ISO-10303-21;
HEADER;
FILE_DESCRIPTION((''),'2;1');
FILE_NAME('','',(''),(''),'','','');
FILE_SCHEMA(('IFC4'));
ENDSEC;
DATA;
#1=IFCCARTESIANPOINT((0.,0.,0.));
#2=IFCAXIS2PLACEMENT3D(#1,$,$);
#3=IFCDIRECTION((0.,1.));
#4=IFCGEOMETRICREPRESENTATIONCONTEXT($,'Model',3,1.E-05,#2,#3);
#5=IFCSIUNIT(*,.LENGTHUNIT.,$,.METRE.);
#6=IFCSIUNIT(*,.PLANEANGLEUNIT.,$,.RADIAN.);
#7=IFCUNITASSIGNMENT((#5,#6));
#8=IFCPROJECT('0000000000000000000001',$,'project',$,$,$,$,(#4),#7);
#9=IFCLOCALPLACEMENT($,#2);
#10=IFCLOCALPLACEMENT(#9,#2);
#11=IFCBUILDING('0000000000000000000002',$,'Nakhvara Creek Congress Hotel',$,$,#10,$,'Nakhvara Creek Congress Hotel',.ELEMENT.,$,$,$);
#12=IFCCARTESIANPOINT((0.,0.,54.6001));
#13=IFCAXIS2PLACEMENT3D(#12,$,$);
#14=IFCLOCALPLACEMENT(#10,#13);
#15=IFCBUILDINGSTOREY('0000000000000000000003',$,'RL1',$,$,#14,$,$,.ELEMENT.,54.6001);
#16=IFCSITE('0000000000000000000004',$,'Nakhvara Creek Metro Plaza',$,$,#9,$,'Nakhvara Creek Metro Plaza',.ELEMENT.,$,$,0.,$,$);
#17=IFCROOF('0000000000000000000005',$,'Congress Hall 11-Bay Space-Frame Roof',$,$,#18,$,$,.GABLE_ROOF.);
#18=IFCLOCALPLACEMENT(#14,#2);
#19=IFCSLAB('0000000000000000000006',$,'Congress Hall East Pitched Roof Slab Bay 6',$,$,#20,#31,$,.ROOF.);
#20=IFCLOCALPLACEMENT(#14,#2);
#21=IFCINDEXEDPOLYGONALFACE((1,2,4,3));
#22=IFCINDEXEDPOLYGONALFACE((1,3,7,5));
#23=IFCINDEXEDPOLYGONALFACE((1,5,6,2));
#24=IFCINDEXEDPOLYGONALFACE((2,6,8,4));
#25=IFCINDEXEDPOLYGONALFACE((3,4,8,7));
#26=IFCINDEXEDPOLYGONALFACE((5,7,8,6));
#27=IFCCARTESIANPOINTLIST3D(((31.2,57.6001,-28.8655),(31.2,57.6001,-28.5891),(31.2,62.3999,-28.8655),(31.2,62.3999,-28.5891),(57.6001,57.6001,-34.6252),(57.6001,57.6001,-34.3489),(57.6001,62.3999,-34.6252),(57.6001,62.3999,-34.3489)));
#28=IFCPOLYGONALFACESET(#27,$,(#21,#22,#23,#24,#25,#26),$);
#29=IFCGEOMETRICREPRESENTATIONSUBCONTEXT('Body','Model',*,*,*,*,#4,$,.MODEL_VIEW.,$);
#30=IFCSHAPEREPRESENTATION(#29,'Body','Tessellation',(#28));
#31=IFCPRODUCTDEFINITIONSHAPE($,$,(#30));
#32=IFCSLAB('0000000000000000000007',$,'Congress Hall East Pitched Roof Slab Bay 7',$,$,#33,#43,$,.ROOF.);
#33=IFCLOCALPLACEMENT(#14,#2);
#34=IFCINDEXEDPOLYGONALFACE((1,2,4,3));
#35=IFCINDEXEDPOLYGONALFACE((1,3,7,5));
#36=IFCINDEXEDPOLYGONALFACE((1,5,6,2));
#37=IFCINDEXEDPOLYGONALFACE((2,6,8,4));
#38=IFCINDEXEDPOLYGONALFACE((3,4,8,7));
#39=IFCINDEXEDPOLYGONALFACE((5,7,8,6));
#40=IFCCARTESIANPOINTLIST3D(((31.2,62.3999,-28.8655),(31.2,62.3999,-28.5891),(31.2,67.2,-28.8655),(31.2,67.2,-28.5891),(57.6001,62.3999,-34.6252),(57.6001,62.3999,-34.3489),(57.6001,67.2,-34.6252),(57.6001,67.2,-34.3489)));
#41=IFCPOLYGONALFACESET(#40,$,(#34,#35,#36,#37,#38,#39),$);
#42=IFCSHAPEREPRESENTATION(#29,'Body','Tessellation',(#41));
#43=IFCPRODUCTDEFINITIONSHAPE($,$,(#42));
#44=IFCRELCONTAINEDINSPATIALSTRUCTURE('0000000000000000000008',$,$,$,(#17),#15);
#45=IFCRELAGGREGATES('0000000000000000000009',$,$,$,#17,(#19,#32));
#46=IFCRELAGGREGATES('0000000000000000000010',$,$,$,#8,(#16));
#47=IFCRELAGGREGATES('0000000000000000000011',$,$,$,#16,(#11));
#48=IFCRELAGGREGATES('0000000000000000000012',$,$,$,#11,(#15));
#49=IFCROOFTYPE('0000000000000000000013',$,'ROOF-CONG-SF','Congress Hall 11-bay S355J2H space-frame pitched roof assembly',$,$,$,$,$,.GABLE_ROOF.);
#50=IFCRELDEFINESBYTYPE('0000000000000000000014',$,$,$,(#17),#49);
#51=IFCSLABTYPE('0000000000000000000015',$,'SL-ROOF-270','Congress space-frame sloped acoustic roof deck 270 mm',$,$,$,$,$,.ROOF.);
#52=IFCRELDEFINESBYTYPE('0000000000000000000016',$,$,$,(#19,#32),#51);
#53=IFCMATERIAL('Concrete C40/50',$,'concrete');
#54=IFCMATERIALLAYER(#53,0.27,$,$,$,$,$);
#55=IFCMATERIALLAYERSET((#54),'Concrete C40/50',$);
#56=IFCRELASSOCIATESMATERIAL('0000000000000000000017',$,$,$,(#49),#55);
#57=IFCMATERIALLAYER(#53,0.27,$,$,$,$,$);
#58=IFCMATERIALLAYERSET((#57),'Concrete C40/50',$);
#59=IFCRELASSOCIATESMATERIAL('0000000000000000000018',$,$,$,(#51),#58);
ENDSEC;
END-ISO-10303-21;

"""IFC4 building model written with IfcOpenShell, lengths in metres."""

from ifc_helpers import new_model, si_unit, direction, frame, origin, place, context, subcontext, project, spatial, polyline, outline, extrude, material, layer, layer_set, type_object, element, aggregate, save


model = new_model("IFC4")

# Units and contexts
model_context = context("Model", 3, precision=1e-05, world=origin(), true_north=direction((0.0, 1.0)))
body_context = subcontext(model_context, "Body", "Model", "MODEL_VIEW")
ifc_project = project(units=[si_unit("LENGTHUNIT", "METRE"), si_unit("PLANEANGLEUNIT", "RADIAN")], contexts=[model_context])

# Site, building, storey
site_placement = place(None, origin())
site = spatial("IfcSite", under=ifc_project, at=site_placement, Name="Nakhvara Creek Metro Plaza", LongName="Nakhvara Creek Metro Plaza", CompositionType="ELEMENT", RefElevation=0.0)
building_placement = place(site_placement, origin())
building = spatial("IfcBuilding", under=site, at=building_placement, Name="Nakhvara Creek Congress Hotel", LongName="Nakhvara Creek Congress Hotel", CompositionType="ELEMENT")
storey_placement = place(building_placement, frame((0.0, 0.0, 54.6001)))
storey = spatial("IfcBuildingStorey", under=building, at=storey_placement, Name="RL1", CompositionType="ELEMENT", Elevation=54.6001)

# Roof, slabs
ifc_material_1 = material(Name="Concrete C40/50", Category="concrete")
ifc_layer_1 = layer(ifc_material_1, 0.27)
ifc_layer_set_1 = layer_set([ifc_layer_1], Name="Concrete C40/50")
roof_type = type_object("IfcRoofType", Name="ROOF-CONG-SF", Description="Congress Hall 11-bay S355J2H space-frame pitched roof assembly", PredefinedType="GABLE_ROOF", material=ifc_layer_set_1)
roof_placement = place(storey_placement, origin())
roof = element("IfcRoof", 1, at=roof_placement, inside=storey, type_object=roof_type, Name="Congress Hall 11-Bay Space-Frame Roof", PredefinedType="GABLE_ROOF")
ifc_layer_2 = layer(ifc_material_1, 0.27)
ifc_layer_set_2 = layer_set([ifc_layer_2], Name="Concrete C40/50")
slab_type = type_object("IfcSlabType", Name="SL-ROOF-270", Description="Congress space-frame sloped acoustic roof deck 270 mm", PredefinedType="ROOF", material=ifc_layer_set_2)
slab_1_placement = place(storey_placement, frame((31.2, 57.6001, -28.5891), z_axis=(0.0, 0.0, 1.0), x_axis=(1.0, 0.0, 0.0)))
slab_1 = element("IfcSlab", 2, at=slab_1_placement, type_object=slab_type, Name="Congress Hall East Pitched Roof Slab Bay 6", PredefinedType="ROOF", context=body_context, shape_type="SweptSolid", body=[
    extrude(outline(polyline([(0.0, 0.0), (26.4001, -5.7598), (26.4001, -6.0361), (0.0, -0.2764), (0.0, 0.0)])), frame((0.0, 4.7998, 0.0), z_axis=(0.0, -1.0, 0.0), x_axis=(1.0, 0.0, 0.0)), (0.0, 0.0, 1.0), 4.7998),
])
slab_2_placement = place(storey_placement, frame((31.2, 62.3999, -28.5891), z_axis=(0.0, 0.0, 1.0), x_axis=(1.0, 0.0, 0.0)))
slab_2 = element("IfcSlab", 3, at=slab_2_placement, type_object=slab_type, Name="Congress Hall East Pitched Roof Slab Bay 7", PredefinedType="ROOF", context=body_context, shape_type="SweptSolid", body=[
    extrude(outline(polyline([(0.0, 0.0), (26.4001, -5.7598), (26.4001, -6.0361), (0.0, -0.2764), (0.0, 0.0)])), frame((0.0, 4.8, 0.0), z_axis=(0.0, -1.0, 0.0), x_axis=(1.0, 0.0, 0.0)), (0.0, 0.0, 1.0), 4.8),
])
aggregate(roof, [slab_1, slab_2])

save(model, "model.ifc")
